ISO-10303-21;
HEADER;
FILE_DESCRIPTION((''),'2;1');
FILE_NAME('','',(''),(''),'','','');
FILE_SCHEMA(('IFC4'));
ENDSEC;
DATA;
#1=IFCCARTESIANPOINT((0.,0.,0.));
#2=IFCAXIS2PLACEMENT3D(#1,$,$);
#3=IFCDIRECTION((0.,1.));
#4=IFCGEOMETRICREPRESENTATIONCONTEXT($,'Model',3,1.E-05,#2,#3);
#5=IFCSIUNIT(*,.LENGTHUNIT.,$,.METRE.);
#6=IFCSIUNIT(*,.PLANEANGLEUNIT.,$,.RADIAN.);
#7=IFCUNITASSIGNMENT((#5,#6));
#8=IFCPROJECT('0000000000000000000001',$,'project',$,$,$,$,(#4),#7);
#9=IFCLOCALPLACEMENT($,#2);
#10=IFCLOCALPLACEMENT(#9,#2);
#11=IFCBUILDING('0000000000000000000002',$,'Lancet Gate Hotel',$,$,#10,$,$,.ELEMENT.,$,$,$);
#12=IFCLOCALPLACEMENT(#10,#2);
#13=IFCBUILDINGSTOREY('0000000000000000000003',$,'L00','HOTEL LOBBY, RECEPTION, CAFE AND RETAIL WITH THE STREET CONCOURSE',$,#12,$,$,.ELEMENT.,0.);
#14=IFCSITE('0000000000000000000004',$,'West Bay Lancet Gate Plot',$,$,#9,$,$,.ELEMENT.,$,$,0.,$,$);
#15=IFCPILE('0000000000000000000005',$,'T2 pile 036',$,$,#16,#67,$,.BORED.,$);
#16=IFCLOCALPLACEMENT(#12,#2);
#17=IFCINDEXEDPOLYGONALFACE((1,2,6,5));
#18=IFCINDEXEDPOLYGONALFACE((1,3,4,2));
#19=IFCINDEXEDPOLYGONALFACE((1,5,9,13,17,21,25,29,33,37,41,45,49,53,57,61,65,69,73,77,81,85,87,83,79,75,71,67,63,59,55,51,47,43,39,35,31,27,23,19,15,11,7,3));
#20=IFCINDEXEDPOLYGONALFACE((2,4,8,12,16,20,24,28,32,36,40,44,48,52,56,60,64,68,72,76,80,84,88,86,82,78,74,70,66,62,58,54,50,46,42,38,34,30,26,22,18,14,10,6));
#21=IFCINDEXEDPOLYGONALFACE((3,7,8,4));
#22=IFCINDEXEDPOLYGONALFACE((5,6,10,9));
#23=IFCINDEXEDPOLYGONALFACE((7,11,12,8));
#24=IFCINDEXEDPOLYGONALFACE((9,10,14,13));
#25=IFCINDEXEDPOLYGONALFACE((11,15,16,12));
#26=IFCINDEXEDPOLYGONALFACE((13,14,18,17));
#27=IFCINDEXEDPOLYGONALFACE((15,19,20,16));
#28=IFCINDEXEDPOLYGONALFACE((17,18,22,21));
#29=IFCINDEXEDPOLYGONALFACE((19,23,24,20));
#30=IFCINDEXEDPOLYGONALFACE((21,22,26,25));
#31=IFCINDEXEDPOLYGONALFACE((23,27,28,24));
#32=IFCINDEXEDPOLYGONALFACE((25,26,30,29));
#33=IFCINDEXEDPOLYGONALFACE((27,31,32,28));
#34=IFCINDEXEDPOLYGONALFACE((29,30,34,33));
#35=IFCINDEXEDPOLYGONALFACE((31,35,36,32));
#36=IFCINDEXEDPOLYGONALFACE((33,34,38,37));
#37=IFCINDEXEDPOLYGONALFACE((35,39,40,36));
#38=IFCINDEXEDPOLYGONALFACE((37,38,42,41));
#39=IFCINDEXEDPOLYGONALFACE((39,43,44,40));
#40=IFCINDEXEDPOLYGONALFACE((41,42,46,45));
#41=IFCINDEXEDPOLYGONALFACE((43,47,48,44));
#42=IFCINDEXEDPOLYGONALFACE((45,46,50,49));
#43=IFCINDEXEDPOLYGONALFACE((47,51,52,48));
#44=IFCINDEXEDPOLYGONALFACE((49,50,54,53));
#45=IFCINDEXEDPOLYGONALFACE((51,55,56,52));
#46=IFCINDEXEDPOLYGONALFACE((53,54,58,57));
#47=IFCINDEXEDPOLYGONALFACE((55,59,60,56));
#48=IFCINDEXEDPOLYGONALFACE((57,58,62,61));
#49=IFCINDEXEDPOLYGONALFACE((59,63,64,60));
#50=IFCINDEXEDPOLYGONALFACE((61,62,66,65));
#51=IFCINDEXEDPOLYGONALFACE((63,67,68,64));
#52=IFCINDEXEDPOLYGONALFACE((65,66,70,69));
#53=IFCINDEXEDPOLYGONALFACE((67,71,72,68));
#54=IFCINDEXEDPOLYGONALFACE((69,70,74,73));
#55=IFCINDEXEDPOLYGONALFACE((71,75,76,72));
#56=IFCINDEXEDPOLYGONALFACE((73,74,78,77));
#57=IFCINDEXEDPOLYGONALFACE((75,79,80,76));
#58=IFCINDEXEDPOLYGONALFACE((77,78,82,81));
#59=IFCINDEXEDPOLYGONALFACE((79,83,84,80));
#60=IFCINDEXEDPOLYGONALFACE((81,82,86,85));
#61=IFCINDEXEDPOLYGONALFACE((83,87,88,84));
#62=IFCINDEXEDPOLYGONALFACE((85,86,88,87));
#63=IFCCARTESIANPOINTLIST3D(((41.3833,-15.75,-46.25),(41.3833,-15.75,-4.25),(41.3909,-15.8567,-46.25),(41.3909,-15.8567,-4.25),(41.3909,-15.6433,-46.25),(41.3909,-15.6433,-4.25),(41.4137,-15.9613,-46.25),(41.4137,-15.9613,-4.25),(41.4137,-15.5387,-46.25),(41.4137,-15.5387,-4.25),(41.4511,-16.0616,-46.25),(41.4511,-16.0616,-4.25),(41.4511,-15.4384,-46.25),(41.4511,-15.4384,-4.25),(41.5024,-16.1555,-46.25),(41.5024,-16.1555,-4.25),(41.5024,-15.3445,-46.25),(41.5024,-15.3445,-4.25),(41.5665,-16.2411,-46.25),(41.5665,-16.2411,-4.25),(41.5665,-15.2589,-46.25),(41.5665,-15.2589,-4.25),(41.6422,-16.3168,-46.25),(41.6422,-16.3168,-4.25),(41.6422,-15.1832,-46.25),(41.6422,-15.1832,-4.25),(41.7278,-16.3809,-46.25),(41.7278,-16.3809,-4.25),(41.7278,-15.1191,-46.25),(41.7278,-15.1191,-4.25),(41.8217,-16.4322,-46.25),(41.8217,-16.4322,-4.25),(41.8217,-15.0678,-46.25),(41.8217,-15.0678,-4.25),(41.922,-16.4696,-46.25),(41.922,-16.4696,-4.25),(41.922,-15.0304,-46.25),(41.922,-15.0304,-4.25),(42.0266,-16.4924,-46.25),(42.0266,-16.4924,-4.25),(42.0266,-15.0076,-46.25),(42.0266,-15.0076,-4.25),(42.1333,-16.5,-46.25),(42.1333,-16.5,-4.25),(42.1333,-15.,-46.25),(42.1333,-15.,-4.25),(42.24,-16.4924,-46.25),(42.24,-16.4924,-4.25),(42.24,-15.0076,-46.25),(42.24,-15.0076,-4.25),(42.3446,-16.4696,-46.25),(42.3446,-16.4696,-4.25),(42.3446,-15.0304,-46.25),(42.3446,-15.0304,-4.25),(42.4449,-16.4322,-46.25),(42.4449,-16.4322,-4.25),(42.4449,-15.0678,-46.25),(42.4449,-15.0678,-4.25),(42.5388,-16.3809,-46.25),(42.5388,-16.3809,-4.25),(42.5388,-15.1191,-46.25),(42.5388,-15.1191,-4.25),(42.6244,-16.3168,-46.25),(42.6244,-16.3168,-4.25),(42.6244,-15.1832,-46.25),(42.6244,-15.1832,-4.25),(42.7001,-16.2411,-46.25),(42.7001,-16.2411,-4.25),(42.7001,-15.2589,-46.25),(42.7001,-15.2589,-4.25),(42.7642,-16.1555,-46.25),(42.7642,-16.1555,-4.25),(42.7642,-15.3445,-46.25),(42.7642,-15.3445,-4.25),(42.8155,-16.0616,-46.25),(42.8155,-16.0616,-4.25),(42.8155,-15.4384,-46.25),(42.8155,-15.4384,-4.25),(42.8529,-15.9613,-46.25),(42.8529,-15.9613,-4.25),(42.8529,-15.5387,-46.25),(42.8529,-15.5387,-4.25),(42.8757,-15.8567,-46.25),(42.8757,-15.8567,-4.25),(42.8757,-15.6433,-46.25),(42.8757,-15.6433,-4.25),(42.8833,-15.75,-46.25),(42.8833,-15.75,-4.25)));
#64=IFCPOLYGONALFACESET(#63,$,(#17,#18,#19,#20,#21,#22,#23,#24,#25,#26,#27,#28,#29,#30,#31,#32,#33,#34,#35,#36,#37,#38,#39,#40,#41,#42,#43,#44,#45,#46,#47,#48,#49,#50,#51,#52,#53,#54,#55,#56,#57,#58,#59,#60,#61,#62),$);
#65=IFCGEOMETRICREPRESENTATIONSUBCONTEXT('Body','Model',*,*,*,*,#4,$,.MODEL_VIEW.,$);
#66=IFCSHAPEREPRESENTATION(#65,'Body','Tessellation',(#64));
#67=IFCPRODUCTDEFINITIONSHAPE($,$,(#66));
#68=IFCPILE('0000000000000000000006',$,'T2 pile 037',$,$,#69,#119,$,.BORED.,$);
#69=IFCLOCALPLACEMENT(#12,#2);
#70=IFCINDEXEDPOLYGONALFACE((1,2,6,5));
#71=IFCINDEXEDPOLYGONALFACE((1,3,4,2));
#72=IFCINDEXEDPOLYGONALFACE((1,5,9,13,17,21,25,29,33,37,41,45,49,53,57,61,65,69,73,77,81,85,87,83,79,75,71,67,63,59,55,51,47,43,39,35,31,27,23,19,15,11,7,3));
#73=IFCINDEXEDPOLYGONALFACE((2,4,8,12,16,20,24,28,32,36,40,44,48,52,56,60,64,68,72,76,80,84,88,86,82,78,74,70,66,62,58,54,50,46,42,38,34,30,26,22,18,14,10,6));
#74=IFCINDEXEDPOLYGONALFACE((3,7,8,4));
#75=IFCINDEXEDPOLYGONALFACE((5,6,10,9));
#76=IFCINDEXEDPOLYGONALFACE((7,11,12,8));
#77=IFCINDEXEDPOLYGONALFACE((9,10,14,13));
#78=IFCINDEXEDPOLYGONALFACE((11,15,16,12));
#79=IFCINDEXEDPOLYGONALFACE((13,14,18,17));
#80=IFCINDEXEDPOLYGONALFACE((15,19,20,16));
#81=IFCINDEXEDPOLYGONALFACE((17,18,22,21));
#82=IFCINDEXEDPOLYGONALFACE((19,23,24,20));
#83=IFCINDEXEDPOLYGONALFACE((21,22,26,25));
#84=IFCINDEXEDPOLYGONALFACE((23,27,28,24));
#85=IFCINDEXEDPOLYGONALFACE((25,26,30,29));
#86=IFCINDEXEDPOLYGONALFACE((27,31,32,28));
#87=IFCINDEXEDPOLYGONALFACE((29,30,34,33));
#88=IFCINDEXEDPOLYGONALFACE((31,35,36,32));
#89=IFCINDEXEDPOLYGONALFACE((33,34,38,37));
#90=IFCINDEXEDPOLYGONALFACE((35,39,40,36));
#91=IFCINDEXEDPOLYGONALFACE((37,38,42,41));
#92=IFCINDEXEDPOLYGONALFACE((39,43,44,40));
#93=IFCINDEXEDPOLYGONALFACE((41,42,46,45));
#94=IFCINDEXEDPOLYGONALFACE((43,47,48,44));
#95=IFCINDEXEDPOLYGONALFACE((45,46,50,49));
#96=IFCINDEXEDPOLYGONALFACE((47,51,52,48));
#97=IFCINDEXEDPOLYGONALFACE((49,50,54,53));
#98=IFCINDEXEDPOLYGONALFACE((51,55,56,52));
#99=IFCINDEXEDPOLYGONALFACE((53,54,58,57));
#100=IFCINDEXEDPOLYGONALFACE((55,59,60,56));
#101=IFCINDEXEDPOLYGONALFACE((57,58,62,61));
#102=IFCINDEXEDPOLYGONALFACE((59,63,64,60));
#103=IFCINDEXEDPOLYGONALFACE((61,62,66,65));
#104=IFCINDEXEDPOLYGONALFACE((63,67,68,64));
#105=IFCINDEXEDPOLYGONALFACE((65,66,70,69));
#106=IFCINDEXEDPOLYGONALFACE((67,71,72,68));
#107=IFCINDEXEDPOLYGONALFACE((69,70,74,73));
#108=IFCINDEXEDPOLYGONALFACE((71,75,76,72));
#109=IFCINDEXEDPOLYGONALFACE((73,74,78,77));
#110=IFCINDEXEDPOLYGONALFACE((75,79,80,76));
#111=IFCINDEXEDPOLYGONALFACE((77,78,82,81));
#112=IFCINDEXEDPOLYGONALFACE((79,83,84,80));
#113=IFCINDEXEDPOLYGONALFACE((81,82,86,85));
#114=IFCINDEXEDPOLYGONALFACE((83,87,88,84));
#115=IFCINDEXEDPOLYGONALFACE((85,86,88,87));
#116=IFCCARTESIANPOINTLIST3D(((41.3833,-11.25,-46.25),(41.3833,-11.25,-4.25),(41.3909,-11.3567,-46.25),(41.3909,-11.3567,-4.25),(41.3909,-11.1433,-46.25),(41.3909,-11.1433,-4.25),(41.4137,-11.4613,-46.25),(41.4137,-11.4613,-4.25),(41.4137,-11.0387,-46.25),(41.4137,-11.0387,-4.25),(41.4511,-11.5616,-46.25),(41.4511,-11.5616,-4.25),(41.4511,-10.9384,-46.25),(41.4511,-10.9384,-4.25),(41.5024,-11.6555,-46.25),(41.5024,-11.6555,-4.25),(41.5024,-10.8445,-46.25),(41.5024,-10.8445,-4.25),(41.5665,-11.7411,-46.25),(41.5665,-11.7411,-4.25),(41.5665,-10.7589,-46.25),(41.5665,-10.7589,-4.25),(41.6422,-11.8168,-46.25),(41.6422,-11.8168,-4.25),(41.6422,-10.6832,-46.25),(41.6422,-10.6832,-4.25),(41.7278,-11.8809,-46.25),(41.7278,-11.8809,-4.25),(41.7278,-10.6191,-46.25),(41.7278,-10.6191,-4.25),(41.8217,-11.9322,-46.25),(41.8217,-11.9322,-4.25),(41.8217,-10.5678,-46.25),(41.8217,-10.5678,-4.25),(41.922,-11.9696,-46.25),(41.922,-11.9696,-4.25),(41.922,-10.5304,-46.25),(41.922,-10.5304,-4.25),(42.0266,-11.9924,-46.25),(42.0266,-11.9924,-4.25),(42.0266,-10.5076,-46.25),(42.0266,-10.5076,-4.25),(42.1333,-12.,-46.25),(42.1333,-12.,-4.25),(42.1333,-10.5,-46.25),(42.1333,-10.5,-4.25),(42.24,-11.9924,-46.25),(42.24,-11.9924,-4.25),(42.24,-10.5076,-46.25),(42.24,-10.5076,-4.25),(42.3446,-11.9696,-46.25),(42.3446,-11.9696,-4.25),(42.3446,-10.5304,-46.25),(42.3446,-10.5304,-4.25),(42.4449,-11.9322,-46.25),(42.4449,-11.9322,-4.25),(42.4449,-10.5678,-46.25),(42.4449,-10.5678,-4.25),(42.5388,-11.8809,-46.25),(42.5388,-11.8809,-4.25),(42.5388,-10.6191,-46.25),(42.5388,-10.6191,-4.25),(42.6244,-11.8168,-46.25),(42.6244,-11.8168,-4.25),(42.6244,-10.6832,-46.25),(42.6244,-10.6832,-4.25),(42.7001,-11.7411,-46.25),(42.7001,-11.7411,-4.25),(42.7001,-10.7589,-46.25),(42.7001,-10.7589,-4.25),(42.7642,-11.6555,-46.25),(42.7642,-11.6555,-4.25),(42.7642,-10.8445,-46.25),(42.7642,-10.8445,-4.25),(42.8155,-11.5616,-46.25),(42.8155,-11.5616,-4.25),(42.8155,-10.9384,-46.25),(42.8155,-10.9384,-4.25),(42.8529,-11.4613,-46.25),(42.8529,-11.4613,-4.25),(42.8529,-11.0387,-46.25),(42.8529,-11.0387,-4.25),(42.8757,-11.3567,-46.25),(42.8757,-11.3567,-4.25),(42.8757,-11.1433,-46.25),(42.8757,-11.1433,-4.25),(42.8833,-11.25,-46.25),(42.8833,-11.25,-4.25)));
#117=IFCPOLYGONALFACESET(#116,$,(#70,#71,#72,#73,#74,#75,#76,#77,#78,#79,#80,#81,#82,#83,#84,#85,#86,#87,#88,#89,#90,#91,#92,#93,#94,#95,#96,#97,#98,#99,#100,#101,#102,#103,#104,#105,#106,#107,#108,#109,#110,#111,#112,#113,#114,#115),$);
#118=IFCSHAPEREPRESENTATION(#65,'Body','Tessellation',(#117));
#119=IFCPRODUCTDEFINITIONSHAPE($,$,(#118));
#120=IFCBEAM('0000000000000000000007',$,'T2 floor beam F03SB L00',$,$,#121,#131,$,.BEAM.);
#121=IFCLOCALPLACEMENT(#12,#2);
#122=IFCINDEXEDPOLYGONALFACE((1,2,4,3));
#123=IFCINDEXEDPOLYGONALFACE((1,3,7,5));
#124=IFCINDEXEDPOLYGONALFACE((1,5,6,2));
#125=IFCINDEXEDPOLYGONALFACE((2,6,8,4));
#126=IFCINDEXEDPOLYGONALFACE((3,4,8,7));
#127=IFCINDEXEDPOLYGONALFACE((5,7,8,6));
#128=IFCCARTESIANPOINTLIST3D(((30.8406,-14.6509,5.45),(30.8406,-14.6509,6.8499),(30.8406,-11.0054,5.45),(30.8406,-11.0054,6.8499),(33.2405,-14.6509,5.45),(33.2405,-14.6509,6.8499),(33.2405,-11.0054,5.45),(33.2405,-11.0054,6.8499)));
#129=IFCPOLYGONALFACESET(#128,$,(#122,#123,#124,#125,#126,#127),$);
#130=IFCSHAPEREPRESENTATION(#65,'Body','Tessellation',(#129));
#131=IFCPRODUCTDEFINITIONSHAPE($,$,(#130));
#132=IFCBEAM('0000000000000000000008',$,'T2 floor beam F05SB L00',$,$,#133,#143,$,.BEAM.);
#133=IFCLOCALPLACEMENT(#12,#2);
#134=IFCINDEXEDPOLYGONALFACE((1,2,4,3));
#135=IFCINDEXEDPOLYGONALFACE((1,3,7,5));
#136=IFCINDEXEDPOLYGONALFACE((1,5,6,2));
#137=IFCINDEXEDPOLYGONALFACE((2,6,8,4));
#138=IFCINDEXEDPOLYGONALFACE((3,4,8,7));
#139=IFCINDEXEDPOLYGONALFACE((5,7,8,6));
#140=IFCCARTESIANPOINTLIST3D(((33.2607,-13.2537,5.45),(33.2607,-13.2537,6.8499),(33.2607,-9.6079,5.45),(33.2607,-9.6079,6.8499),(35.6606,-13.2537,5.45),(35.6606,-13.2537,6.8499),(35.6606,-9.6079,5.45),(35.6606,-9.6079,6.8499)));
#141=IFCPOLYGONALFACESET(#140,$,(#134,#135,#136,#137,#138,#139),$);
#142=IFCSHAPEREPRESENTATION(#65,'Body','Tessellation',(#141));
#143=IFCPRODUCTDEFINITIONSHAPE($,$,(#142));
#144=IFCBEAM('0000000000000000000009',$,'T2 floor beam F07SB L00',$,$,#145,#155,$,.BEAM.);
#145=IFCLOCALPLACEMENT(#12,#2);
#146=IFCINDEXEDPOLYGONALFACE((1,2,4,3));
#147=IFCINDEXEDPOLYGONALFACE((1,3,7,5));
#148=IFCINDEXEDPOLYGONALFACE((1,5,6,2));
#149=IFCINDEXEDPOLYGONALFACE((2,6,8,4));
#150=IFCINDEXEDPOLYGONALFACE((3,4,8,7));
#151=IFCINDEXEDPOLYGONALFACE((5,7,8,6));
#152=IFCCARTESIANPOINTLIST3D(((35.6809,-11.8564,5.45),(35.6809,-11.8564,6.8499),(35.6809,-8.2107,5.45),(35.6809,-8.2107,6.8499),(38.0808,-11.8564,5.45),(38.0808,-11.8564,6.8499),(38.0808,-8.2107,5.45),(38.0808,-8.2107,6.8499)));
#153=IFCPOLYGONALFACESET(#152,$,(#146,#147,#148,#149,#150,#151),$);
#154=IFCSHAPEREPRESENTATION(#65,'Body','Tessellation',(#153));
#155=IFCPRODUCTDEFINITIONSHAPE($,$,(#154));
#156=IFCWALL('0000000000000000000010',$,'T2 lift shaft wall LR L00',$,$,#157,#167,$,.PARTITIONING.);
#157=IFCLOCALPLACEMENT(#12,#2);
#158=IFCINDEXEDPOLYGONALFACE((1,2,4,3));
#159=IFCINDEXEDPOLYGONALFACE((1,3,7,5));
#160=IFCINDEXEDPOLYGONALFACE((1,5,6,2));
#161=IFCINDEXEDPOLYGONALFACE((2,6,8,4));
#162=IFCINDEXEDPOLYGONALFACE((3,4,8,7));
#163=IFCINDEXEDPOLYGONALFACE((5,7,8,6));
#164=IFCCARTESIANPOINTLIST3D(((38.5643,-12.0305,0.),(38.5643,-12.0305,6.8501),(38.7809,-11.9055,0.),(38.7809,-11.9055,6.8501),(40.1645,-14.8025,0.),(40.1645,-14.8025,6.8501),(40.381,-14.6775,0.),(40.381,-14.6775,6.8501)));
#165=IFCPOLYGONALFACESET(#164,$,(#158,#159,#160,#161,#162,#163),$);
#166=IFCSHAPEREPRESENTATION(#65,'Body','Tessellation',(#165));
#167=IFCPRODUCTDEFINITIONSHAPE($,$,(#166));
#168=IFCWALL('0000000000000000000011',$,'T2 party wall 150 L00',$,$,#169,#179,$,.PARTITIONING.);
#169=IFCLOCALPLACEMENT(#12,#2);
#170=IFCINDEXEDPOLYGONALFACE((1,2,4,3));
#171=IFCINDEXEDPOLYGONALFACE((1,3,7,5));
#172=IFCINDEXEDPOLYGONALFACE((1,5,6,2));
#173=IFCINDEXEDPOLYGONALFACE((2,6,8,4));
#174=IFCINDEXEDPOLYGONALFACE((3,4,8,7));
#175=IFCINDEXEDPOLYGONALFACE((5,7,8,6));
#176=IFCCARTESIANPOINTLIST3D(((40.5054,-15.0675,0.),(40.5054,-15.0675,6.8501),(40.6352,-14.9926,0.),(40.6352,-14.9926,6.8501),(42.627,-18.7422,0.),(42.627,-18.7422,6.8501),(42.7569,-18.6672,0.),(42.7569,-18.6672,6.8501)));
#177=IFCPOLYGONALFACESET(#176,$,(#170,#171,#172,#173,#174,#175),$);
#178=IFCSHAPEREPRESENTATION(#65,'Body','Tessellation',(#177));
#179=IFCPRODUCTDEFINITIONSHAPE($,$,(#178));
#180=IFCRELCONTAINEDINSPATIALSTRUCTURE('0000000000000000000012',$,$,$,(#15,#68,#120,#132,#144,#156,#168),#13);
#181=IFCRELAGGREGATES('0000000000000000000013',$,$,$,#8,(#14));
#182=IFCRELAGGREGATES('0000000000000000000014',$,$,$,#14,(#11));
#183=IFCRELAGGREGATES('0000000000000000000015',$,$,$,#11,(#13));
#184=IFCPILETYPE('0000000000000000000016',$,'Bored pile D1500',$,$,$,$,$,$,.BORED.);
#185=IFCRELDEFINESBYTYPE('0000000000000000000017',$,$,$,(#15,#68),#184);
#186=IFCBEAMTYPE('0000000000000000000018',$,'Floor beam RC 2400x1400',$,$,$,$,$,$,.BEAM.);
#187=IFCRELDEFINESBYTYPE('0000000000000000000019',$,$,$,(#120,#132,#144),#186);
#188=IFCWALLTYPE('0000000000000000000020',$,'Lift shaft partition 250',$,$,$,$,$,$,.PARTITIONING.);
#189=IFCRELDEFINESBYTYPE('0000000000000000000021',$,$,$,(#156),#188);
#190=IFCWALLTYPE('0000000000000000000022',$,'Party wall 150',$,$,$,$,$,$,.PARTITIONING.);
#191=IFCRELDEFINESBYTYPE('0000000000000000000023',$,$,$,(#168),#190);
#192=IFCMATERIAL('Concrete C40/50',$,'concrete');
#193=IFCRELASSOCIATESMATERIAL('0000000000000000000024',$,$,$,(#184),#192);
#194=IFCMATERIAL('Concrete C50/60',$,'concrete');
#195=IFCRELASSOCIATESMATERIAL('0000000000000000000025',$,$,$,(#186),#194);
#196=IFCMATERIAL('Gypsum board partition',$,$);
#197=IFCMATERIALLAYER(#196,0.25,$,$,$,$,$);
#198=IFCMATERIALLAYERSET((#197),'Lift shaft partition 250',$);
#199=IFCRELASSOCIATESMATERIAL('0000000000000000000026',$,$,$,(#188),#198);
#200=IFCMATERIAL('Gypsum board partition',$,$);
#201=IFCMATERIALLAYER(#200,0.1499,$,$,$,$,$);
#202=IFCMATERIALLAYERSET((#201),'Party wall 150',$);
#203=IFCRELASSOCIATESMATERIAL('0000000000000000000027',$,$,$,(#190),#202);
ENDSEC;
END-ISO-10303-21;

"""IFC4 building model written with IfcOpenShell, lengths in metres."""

from ifc_helpers import new_model, si_unit, direction, frame, frame_2d, origin, origin_2d, place, context, subcontext, project, spatial, rectangle, circle, extrude, material, layer, layer_set, material_profile, profile_set, type_object, element, save


model = new_model("IFC4")

# Units and contexts
model_context = context("Model", 3, precision=1e-05, world=origin(), true_north=direction((0.0, 1.0)))
body_context = subcontext(model_context, "Body", "Model", "MODEL_VIEW")
ifc_project = project(units=[si_unit("LENGTHUNIT", "METRE"), si_unit("PLANEANGLEUNIT", "RADIAN")], contexts=[model_context])

# Site, building, storey
site_placement = place(None, origin())
site = spatial("IfcSite", under=ifc_project, at=site_placement, Name="West Bay Lancet Gate Plot", CompositionType="ELEMENT", RefElevation=0.0)
building_placement = place(site_placement, origin())
building = spatial("IfcBuilding", under=site, at=building_placement, Name="Lancet Gate Hotel", CompositionType="ELEMENT")
storey_placement = place(building_placement, origin())
storey = spatial("IfcBuildingStorey", under=building, at=storey_placement, Name="L00", Description="HOTEL LOBBY, RECEPTION, CAFE AND RETAIL WITH THE STREET CONCOURSE", CompositionType="ELEMENT", Elevation=0.0)

# Piles
ifc_material_1 = material(Name="Concrete C40/50", Category="concrete")
ifc_material_profile_1 = material_profile(ifc_material_1, circle(Radius=0.75, at=origin_2d()), Name="PILE D1500")
ifc_profile_set_1 = profile_set([ifc_material_profile_1], Name="Concrete C40/50")
pile_type = type_object("IfcPileType", Name="Bored pile D1500", PredefinedType="BORED", material=ifc_profile_set_1)
for number, where, z_axis, x_axis, name in (
    (1, (42.1333, -15.75, -4.25), (0.0, 0.0, -1.0), (1.0, 0.0, 0.0), "T2 pile 036"),
    (2, (42.1333, -11.25, -4.25), (0.0, 0.0, -1.0), (1.0, 0.0, 0.0), "T2 pile 037"),
):
    element("IfcPile", number, at=place(storey_placement, frame(where, z_axis=z_axis, x_axis=x_axis)), inside=storey, type_object=pile_type, Name=name, PredefinedType="BORED", context=body_context, shape_type="SweptSolid", body=[
        extrude(circle(Radius=0.75, at=origin_2d()), origin(), (0.0, 0.0, 1.0), 42.0),
    ])

# Beams
ifc_material_2 = material(Name="Concrete C50/60", Category="concrete")
ifc_material_profile_2 = material_profile(ifc_material_2, rectangle(XDim=2.3999, YDim=1.3999, at=origin_2d()), Name="RC 2400x1400")
ifc_profile_set_2 = profile_set([ifc_material_profile_2], Name="Concrete C50/60")
beam_type = type_object("IfcBeamType", Name="Floor beam RC 2400x1400", PredefinedType="BEAM", material=ifc_profile_set_2)
beam_placement = place(storey_placement, frame((32.0405, -14.6509, 6.1499), z_axis=(0.0, 1.0, 0.0), x_axis=(-1.0, 0.0, 0.0)))
element("IfcBeam", 3, at=beam_placement, inside=storey, type_object=beam_type, Name="T2 floor beam F03SB L00", PredefinedType="BEAM", context=body_context, shape_type="SweptSolid", body=[
    extrude(rectangle(XDim=2.3999, YDim=1.3999, at=origin_2d()), origin(), (0.0, 0.0, 1.0), 3.6455),
])
for number, where, z_axis, x_axis, name in (
    (4, (34.4607, -13.2537, 6.1499), (0.0, 1.0, 0.0), (-1.0, 0.0, 0.0), "T2 floor beam F05SB L00"),
    (5, (36.8809, -11.8564, 6.1499), (0.0, 1.0, 0.0), (-1.0, 0.0, 0.0), "T2 floor beam F07SB L00"),
):
    element("IfcBeam", number, at=place(storey_placement, frame(where, z_axis=z_axis, x_axis=x_axis)), inside=storey, type_object=beam_type, Name=name, PredefinedType="BEAM", context=body_context, shape_type="SweptSolid", body=[
        extrude(rectangle(XDim=2.3999, YDim=1.3999, at=origin_2d()), origin(), (0.0, 0.0, 1.0), 3.6458),
    ])

# Walls
ifc_material_3 = material(Name="Gypsum board partition")
ifc_layer_1 = layer(ifc_material_3, 0.25)
ifc_layer_set_1 = layer_set([ifc_layer_1], Name="Lift shaft partition 250")
wall_type_1 = type_object("IfcWallType", Name="Lift shaft partition 250", PredefinedType="PARTITIONING", material=ifc_layer_set_1)
wall_1_placement = place(storey_placement, frame((38.6726, -11.968, 0.0), z_axis=(0.0, 0.0, 1.0), x_axis=(0.499929, -0.866066, 0.0)))
element("IfcWall", 6, at=wall_1_placement, inside=storey, type_object=wall_type_1, Name="T2 lift shaft wall LR L00", PredefinedType="PARTITIONING", context=body_context, shape_type="SweptSolid", body=[
    extrude(rectangle(XDim=3.2007, YDim=0.25, at=frame_2d((1.6003, 0.0))), origin(), (0.0, 0.0, 1.0), 6.8501),
])
ifc_material_4 = material(Name="Gypsum board partition")
ifc_layer_2 = layer(ifc_material_4, 0.1499)
ifc_layer_set_2 = layer_set([ifc_layer_2], Name="Party wall 150")
wall_type_2 = type_object("IfcWallType", Name="Party wall 150", PredefinedType="PARTITIONING", material=ifc_layer_set_2)
wall_2_placement = place(storey_placement, frame((40.5703, -15.03, 0.0), z_axis=(0.0, 0.0, 1.0), x_axis=(0.500013, -0.866018, 0.0)))
element("IfcWall", 7, at=wall_2_placement, inside=storey, type_object=wall_type_2, Name="T2 party wall 150 L00", PredefinedType="PARTITIONING", context=body_context, shape_type="SweptSolid", body=[
    extrude(rectangle(XDim=4.2432, YDim=0.1499, at=frame_2d((2.1216, 0.0))), origin(), (0.0, 0.0, 1.0), 6.8501),
])

save(model, "model.ifc")
